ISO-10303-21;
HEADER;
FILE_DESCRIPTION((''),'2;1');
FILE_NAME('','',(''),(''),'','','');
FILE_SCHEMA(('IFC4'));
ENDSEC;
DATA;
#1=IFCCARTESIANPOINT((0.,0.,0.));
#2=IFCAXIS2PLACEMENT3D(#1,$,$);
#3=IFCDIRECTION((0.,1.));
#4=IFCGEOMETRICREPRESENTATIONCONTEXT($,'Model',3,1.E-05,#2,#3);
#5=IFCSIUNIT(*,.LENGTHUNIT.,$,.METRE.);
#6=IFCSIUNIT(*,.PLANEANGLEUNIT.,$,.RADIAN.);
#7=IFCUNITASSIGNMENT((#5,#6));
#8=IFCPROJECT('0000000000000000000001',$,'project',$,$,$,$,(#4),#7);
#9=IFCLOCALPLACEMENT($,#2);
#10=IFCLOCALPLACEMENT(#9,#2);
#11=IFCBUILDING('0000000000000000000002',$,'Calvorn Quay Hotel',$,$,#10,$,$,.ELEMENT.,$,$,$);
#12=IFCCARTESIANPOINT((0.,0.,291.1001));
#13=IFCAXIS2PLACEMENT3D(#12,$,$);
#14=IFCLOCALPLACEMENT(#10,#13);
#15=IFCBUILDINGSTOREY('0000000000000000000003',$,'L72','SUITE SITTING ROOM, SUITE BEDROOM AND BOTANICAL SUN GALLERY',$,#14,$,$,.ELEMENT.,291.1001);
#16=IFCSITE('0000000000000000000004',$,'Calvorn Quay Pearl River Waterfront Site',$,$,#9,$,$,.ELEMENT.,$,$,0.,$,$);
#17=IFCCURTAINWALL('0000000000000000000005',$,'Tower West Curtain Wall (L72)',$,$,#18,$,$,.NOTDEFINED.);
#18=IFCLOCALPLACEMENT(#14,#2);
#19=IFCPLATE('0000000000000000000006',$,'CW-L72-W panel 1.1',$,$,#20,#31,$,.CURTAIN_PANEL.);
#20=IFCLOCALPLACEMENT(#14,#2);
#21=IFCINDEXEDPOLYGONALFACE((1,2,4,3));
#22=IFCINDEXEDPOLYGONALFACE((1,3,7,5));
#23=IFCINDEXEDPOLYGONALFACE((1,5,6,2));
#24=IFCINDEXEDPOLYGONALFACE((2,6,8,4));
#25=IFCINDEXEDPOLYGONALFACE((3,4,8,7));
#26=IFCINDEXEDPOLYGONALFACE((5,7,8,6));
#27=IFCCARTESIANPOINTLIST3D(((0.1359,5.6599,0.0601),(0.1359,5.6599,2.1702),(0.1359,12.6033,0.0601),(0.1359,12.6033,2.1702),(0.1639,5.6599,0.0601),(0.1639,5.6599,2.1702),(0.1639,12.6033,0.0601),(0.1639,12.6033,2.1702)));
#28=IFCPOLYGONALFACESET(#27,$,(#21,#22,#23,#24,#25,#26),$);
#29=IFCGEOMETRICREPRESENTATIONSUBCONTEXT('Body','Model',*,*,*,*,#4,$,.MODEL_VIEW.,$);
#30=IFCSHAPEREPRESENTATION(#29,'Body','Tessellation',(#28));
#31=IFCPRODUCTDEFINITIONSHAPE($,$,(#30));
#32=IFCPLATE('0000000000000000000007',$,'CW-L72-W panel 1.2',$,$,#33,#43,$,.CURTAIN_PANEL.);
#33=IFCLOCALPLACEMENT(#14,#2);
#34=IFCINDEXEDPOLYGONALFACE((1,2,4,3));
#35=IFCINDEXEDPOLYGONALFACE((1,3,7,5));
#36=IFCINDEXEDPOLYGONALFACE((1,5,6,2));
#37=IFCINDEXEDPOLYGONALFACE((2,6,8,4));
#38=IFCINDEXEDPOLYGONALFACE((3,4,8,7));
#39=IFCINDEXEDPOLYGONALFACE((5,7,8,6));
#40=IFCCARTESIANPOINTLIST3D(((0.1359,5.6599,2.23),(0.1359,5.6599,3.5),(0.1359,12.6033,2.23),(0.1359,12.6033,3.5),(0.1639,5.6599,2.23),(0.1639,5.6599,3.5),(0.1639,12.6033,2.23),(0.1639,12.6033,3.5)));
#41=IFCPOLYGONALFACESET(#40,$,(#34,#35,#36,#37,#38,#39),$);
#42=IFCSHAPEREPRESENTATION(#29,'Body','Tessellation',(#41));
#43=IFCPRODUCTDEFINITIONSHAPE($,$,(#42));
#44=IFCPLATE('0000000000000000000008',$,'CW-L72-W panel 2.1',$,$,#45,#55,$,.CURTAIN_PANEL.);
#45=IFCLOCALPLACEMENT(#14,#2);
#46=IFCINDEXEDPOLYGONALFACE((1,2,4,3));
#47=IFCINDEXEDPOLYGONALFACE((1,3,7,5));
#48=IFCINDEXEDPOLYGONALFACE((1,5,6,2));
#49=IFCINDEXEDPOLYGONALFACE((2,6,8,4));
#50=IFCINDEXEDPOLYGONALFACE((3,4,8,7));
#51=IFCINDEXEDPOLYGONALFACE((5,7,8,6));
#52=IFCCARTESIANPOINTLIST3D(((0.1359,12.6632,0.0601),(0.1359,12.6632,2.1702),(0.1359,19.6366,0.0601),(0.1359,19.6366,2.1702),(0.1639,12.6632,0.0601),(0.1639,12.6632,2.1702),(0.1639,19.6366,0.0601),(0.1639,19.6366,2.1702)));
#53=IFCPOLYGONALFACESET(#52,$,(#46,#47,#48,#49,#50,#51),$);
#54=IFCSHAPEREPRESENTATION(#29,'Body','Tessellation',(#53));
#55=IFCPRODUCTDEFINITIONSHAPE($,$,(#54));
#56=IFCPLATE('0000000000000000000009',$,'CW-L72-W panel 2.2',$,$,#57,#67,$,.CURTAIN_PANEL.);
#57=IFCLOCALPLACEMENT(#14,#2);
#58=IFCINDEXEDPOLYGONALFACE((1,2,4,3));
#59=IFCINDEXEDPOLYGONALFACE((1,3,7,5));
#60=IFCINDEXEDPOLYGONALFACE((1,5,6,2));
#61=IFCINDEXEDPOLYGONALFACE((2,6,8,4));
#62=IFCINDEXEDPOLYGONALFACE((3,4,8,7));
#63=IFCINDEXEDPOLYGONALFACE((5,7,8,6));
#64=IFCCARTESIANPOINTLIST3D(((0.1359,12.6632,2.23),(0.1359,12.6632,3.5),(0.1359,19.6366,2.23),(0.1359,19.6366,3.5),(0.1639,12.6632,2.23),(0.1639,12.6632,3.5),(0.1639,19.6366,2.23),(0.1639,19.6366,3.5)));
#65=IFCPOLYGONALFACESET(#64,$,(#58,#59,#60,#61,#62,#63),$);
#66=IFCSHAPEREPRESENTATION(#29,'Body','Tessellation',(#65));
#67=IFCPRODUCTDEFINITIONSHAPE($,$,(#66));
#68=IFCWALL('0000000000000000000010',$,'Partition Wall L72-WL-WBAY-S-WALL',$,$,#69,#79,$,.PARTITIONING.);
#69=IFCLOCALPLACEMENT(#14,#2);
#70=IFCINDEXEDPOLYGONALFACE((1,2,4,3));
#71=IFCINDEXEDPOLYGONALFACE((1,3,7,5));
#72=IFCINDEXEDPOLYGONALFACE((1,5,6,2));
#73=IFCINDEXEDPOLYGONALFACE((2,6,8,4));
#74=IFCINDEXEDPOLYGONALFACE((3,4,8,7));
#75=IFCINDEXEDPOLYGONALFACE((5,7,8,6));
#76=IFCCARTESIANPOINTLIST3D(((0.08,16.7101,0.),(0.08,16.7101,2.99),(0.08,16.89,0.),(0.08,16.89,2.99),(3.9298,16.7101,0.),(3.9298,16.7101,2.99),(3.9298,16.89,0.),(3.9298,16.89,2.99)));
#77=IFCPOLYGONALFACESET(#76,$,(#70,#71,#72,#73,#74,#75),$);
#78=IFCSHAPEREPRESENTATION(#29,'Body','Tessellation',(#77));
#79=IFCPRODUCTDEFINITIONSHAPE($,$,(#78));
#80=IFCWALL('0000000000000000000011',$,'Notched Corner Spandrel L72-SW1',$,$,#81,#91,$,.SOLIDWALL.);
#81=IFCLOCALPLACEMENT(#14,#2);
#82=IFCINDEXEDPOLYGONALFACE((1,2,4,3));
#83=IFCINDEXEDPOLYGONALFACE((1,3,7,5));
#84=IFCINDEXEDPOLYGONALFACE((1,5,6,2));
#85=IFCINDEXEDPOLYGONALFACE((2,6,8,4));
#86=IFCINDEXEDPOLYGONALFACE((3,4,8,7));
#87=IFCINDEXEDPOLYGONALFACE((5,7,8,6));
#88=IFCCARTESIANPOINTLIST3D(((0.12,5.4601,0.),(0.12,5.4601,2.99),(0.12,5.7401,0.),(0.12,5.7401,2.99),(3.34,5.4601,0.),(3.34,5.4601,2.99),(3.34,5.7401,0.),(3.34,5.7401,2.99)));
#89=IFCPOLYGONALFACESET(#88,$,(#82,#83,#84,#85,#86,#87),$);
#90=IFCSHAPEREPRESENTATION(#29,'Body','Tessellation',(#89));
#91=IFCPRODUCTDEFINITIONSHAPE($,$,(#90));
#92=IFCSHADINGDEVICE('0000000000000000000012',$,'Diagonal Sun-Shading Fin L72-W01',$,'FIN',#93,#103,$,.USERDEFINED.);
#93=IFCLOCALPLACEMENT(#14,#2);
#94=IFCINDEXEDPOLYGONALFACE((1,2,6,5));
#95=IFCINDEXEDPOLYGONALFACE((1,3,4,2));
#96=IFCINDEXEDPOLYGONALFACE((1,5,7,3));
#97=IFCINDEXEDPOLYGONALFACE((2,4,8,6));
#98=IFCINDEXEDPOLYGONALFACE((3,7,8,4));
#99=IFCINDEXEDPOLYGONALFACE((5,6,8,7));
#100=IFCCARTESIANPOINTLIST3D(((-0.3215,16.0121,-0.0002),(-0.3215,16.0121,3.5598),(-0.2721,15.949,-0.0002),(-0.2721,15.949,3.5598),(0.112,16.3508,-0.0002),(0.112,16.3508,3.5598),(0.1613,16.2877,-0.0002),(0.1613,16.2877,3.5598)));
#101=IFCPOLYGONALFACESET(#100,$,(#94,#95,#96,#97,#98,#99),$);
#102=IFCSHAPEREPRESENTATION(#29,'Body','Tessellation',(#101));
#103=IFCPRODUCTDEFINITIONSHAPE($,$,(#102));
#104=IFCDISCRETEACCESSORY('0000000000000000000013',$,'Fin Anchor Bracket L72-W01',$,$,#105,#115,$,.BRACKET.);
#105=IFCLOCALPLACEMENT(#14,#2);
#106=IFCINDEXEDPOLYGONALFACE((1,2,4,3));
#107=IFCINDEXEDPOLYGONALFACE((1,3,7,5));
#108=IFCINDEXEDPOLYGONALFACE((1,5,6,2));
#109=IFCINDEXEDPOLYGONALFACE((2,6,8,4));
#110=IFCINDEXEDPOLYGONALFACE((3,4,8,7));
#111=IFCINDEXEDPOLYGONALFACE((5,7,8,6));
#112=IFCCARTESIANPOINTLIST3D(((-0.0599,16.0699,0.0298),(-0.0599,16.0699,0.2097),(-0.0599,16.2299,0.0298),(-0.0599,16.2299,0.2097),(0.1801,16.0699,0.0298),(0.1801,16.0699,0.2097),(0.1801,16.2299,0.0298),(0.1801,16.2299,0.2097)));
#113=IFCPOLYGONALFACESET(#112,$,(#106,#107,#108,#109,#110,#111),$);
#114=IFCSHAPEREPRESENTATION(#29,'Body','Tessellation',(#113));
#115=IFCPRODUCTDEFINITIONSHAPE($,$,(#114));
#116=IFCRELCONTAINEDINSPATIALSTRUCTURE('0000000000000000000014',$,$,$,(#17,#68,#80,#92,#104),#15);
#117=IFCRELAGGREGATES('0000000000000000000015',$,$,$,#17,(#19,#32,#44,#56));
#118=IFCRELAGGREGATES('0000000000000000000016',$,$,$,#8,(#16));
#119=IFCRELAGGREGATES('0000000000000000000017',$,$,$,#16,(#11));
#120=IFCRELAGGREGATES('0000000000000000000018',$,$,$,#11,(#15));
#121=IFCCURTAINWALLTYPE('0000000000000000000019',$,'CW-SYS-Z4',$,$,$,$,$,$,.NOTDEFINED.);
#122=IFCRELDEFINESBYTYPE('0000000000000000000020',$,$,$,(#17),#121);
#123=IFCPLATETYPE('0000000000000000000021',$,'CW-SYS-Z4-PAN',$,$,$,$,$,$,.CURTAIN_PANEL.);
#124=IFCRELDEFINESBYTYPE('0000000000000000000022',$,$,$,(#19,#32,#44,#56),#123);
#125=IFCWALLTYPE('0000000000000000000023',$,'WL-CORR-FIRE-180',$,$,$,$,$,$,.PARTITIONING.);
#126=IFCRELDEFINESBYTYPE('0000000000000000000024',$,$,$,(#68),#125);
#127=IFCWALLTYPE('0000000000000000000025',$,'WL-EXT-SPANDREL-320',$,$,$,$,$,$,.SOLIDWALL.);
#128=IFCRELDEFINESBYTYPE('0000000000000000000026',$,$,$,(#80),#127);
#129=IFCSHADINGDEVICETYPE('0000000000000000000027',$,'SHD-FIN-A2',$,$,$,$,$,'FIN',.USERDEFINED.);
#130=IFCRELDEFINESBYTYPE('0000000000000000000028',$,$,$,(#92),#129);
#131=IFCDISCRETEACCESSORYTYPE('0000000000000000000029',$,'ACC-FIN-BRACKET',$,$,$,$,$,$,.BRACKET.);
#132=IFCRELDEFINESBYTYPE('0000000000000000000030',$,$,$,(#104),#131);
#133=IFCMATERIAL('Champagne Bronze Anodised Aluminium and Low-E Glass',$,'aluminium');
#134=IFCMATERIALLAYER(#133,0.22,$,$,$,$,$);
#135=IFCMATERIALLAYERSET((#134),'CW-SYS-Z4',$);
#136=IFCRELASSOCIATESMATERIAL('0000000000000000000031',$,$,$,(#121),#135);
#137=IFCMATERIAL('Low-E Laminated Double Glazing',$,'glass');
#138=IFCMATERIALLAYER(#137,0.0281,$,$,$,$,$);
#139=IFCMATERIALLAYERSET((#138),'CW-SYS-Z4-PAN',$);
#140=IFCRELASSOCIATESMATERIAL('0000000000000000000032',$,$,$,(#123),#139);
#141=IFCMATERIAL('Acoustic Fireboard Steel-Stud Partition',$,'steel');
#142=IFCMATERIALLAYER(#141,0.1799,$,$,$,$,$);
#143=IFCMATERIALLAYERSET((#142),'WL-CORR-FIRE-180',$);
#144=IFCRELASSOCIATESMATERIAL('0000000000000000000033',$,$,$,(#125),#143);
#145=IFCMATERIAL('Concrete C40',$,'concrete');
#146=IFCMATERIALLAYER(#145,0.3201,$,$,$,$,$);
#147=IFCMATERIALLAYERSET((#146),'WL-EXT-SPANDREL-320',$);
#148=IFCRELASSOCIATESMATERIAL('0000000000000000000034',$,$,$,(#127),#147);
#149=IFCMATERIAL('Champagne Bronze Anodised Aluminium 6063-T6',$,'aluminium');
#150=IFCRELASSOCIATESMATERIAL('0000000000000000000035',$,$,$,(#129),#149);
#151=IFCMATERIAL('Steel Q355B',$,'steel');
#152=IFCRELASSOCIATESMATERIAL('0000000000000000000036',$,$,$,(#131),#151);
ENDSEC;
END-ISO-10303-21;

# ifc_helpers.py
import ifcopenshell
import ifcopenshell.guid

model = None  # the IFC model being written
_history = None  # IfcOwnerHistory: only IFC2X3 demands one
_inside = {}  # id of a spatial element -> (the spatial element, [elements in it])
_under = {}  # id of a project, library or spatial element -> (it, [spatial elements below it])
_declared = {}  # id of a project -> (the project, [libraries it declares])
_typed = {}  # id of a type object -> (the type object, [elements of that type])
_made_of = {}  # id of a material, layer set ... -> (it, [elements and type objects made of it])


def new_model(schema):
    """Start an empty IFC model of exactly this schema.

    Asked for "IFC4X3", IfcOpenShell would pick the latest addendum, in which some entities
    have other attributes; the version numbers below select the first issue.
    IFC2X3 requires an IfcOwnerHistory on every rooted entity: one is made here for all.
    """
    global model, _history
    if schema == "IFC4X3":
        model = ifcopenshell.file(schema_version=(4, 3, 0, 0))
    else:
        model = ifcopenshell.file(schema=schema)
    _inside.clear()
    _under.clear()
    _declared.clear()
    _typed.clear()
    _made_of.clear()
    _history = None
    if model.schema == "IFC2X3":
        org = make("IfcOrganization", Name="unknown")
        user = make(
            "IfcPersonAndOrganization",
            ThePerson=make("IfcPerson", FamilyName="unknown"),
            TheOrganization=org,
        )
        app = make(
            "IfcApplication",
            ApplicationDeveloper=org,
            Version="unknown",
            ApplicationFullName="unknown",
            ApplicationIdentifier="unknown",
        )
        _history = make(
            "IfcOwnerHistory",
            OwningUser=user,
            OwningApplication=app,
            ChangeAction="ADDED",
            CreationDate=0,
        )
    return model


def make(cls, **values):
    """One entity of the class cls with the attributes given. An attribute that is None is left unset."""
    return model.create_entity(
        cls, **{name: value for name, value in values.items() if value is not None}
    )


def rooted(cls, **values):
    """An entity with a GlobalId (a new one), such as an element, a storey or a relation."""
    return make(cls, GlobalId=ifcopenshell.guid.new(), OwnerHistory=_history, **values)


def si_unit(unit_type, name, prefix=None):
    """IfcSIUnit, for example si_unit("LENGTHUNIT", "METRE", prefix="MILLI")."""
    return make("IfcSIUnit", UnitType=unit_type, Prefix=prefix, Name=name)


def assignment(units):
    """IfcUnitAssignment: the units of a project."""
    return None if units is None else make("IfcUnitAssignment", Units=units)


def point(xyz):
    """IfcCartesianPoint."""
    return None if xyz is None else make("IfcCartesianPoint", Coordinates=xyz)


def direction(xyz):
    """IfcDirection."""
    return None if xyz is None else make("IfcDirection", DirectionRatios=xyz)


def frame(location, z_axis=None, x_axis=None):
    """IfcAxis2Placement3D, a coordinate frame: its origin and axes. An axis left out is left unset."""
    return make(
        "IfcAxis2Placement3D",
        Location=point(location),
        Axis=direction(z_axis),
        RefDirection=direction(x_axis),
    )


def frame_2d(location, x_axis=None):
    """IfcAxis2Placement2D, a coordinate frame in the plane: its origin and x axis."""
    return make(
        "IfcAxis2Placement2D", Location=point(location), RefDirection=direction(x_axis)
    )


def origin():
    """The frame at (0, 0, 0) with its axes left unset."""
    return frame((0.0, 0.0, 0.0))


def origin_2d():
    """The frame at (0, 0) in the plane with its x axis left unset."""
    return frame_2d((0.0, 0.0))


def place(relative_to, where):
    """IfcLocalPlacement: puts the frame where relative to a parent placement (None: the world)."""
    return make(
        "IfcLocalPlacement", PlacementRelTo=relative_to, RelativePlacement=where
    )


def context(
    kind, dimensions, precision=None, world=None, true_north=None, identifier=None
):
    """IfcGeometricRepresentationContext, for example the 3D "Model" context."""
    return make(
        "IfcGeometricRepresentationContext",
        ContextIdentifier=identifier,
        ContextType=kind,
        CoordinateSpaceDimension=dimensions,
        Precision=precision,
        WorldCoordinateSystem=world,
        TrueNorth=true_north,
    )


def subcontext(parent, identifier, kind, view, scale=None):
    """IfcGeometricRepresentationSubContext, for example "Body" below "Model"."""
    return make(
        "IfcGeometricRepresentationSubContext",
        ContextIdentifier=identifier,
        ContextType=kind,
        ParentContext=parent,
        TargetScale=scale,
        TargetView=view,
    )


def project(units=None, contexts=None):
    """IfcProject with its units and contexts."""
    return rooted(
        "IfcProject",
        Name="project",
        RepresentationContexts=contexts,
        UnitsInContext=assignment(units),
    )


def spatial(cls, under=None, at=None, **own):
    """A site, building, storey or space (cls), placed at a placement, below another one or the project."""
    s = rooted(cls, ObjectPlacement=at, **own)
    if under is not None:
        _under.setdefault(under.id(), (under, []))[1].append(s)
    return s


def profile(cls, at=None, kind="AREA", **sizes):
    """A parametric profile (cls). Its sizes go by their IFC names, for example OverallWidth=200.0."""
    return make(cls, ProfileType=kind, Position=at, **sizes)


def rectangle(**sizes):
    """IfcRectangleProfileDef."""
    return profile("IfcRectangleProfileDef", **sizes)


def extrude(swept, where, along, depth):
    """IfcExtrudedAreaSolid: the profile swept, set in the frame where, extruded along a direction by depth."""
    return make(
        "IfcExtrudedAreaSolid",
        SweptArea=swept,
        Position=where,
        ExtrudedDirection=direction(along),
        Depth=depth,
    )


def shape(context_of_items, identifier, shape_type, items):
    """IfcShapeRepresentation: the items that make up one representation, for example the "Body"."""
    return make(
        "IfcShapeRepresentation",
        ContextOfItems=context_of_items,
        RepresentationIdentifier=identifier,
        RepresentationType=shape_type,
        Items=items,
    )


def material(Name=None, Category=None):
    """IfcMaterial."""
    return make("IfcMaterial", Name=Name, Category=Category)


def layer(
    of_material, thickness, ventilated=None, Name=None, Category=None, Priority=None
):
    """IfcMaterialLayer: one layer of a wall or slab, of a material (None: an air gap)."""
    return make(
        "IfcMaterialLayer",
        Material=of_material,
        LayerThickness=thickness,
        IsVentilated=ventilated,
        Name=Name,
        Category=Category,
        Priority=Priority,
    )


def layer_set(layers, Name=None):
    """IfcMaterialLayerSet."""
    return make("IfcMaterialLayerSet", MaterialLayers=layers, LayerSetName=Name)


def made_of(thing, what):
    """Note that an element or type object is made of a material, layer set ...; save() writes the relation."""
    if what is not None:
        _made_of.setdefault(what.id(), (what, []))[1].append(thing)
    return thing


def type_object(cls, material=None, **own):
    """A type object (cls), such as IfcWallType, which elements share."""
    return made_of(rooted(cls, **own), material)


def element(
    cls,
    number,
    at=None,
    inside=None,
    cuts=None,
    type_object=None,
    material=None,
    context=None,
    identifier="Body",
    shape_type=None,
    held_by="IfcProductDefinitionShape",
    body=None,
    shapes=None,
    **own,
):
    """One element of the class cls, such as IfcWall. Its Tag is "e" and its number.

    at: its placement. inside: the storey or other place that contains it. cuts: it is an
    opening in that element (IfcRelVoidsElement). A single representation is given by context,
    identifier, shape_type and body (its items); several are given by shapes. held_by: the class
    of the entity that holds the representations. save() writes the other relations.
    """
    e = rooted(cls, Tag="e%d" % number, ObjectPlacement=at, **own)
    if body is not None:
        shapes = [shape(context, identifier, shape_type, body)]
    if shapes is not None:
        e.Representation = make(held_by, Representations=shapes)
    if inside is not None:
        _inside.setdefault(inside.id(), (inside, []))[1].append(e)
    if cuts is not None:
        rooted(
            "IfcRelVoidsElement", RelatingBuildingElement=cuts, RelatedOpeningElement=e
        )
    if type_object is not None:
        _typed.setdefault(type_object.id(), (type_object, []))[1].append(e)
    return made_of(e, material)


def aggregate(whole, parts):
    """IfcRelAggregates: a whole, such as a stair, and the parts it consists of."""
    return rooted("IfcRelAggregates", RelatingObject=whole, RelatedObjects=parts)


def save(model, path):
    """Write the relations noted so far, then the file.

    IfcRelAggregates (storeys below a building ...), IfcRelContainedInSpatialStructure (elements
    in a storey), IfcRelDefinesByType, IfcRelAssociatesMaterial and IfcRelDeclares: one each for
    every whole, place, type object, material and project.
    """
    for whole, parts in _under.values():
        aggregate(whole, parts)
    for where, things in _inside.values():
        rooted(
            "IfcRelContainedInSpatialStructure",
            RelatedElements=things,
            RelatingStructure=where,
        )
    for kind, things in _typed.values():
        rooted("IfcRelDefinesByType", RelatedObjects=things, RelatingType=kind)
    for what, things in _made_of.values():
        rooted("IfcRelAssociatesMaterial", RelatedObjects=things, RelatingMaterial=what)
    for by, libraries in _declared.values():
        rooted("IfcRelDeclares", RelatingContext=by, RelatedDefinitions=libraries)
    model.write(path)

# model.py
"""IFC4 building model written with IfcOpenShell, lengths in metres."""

from ifc_helpers import new_model, si_unit, direction, frame, frame_2d, origin, origin_2d, place, context, subcontext, project, spatial, rectangle, extrude, material, layer, layer_set, type_object, element, aggregate, save


model = new_model("IFC4")

# Units and contexts
model_context = context("Model", 3, precision=1e-05, world=origin(), true_north=direction((0.0, 1.0)))
body_context = subcontext(model_context, "Body", "Model", "MODEL_VIEW")
ifc_project = project(units=[si_unit("LENGTHUNIT", "METRE"), si_unit("PLANEANGLEUNIT", "RADIAN")], contexts=[model_context])

# Site, building, storey
site_placement = place(None, origin())
site = spatial("IfcSite", under=ifc_project, at=site_placement, Name="Calvorn Quay Pearl River Waterfront Site", CompositionType="ELEMENT", RefElevation=0.0)
building_placement = place(site_placement, origin())
building = spatial("IfcBuilding", under=site, at=building_placement, Name="Calvorn Quay Hotel", CompositionType="ELEMENT")
storey_placement = place(building_placement, frame((0.0, 0.0, 291.1001)))
storey = spatial("IfcBuildingStorey", under=building, at=storey_placement, Name="L72", Description="SUITE SITTING ROOM, SUITE BEDROOM AND BOTANICAL SUN GALLERY", CompositionType="ELEMENT", Elevation=291.1001)

# Curtain wall, plates
ifc_material_1 = material(Name="Champagne Bronze Anodised Aluminium and Low-E Glass", Category="aluminium")
ifc_layer_1 = layer(ifc_material_1, 0.22)
ifc_layer_set_1 = layer_set([ifc_layer_1], Name="CW-SYS-Z4")
curtain_wall_type = type_object("IfcCurtainWallType", Name="CW-SYS-Z4", PredefinedType="NOTDEFINED", material=ifc_layer_set_1)
curtain_wall_placement = place(storey_placement, origin())
curtain_wall = element("IfcCurtainWall", 1, at=curtain_wall_placement, inside=storey, type_object=curtain_wall_type, Name="Tower West Curtain Wall (L72)", PredefinedType="NOTDEFINED")
ifc_material_2 = material(Name="Low-E Laminated Double Glazing", Category="glass")
ifc_layer_2 = layer(ifc_material_2, 0.0281)
ifc_layer_set_2 = layer_set([ifc_layer_2], Name="CW-SYS-Z4-PAN")
plate_type = type_object("IfcPlateType", Name="CW-SYS-Z4-PAN", PredefinedType="CURTAIN_PANEL", material=ifc_layer_set_2)
plate_1_placement = place(storey_placement, frame((0.1499, 9.1316, 0.0601), z_axis=(0.0, 0.0, 1.0), x_axis=(0.0, 1.0, 0.0)))
plate_1 = element("IfcPlate", 2, at=plate_1_placement, type_object=plate_type, Name="CW-L72-W panel 1.1", PredefinedType="CURTAIN_PANEL", context=body_context, shape_type="SweptSolid", body=[
    extrude(rectangle(XDim=6.9434, YDim=0.0281, at=origin_2d()), origin(), (0.0, 0.0, 1.0), 2.1101),
])
plate_2_placement = place(storey_placement, frame((0.1499, 9.1316, 2.23), z_axis=(0.0, 0.0, 1.0), x_axis=(0.0, 1.0, 0.0)))
plate_2 = element("IfcPlate", 3, at=plate_2_placement, type_object=plate_type, Name="CW-L72-W panel 1.2", PredefinedType="CURTAIN_PANEL", context=body_context, shape_type="SweptSolid", body=[
    extrude(rectangle(XDim=6.9434, YDim=0.0281, at=origin_2d()), origin(), (0.0, 0.0, 1.0), 1.27),
])
plate_3_placement = place(storey_placement, frame((0.1499, 16.1499, 0.0601), z_axis=(0.0, 0.0, 1.0), x_axis=(0.0, 1.0, 0.0)))
plate_3 = element("IfcPlate", 4, at=plate_3_placement, type_object=plate_type, Name="CW-L72-W panel 2.1", PredefinedType="CURTAIN_PANEL", context=body_context, shape_type="SweptSolid", body=[
    extrude(rectangle(XDim=6.9734, YDim=0.0281, at=origin_2d()), origin(), (0.0, 0.0, 1.0), 2.1101),
])
plate_4_placement = place(storey_placement, frame((0.1499, 16.1499, 2.23), z_axis=(0.0, 0.0, 1.0), x_axis=(0.0, 1.0, 0.0)))
plate_4 = element("IfcPlate", 5, at=plate_4_placement, type_object=plate_type, Name="CW-L72-W panel 2.2", PredefinedType="CURTAIN_PANEL", context=body_context, shape_type="SweptSolid", body=[
    extrude(rectangle(XDim=6.9734, YDim=0.0281, at=origin_2d()), origin(), (0.0, 0.0, 1.0), 1.27),
])
aggregate(curtain_wall, [plate_1, plate_2, plate_3, plate_4])

# Walls
ifc_material_3 = material(Name="Acoustic Fireboard Steel-Stud Partition", Category="steel")
ifc_layer_3 = layer(ifc_material_3, 0.1799)
ifc_layer_set_3 = layer_set([ifc_layer_3], Name="WL-CORR-FIRE-180")
wall_type_1 = type_object("IfcWallType", Name="WL-CORR-FIRE-180", PredefinedType="PARTITIONING", material=ifc_layer_set_3)
wall_1_placement = place(storey_placement, frame((0.0801, 16.8, 0.0), z_axis=(0.0, 0.0, 1.0), x_axis=(1.0, 0.0, 0.0)))
element("IfcWall", 6, at=wall_1_placement, inside=storey, type_object=wall_type_1, Name="Partition Wall L72-WL-WBAY-S-WALL", PredefinedType="PARTITIONING", context=body_context, shape_type="SweptSolid", body=[
    extrude(rectangle(XDim=3.8499, YDim=0.1799, at=frame_2d((1.9248, 0.0))), origin(), (0.0, 0.0, 1.0), 2.99),
])
ifc_material_4 = material(Name="Concrete C40", Category="concrete")
ifc_layer_4 = layer(ifc_material_4, 0.3201)
ifc_layer_set_4 = layer_set([ifc_layer_4], Name="WL-EXT-SPANDREL-320")
wall_type_2 = type_object("IfcWallType", Name="WL-EXT-SPANDREL-320", PredefinedType="SOLIDWALL", material=ifc_layer_set_4)
wall_2_placement = place(storey_placement, frame((0.1201, 5.6001, 0.0), z_axis=(0.0, 0.0, 1.0), x_axis=(1.0, 0.0, 0.0)))
element("IfcWall", 7, at=wall_2_placement, inside=storey, type_object=wall_type_2, Name="Notched Corner Spandrel L72-SW1", PredefinedType="SOLIDWALL", context=body_context, shape_type="SweptSolid", body=[
    extrude(rectangle(XDim=3.22, YDim=0.28, at=frame_2d((1.6099, 0.0))), origin(), (0.0, 0.0, 1.0), 2.99),
])

# Shading device
ifc_material_5 = material(Name="Champagne Bronze Anodised Aluminium 6063-T6", Category="aluminium")
shading_device_type = type_object("IfcShadingDeviceType", Name="SHD-FIN-A2", ElementType="FIN", PredefinedType="USERDEFINED", material=ifc_material_5)
shading_device_placement = place(storey_placement, frame((-0.0801, 16.1499, -0.0002), z_axis=(0.0, 0.0, 1.0), x_axis=(0.788011, 0.615661, 0.0)))
element("IfcShadingDevice", 8, at=shading_device_placement, inside=storey, type_object=shading_device_type, Name="Diagonal Sun-Shading Fin L72-W01", ObjectType="FIN", PredefinedType="USERDEFINED", context=body_context, shape_type="SweptSolid", body=[
    extrude(rectangle(XDim=0.55, YDim=0.0801, at=origin_2d()), origin(), (0.0, 0.0, 1.0), 3.5601),
])

# Discrete accessory
ifc_material_6 = material(Name="Steel Q355B", Category="steel")
discrete_accessory_type = type_object("IfcDiscreteAccessoryType", Name="ACC-FIN-BRACKET", PredefinedType="BRACKET", material=ifc_material_6)
discrete_accessory_placement = place(storey_placement, frame((0.0601, 16.1499, 0.0298), z_axis=(0.0, 0.0, 1.0), x_axis=(1.0, 0.0, 0.0)))
element("IfcDiscreteAccessory", 9, at=discrete_accessory_placement, inside=storey, type_object=discrete_accessory_type, Name="Fin Anchor Bracket L72-W01", PredefinedType="BRACKET", context=body_context, shape_type="SweptSolid", body=[
    extrude(rectangle(XDim=0.24, YDim=0.1599, at=origin_2d()), origin(), (0.0, 0.0, 1.0), 0.1799),
])

save(model, "model.ifc")
